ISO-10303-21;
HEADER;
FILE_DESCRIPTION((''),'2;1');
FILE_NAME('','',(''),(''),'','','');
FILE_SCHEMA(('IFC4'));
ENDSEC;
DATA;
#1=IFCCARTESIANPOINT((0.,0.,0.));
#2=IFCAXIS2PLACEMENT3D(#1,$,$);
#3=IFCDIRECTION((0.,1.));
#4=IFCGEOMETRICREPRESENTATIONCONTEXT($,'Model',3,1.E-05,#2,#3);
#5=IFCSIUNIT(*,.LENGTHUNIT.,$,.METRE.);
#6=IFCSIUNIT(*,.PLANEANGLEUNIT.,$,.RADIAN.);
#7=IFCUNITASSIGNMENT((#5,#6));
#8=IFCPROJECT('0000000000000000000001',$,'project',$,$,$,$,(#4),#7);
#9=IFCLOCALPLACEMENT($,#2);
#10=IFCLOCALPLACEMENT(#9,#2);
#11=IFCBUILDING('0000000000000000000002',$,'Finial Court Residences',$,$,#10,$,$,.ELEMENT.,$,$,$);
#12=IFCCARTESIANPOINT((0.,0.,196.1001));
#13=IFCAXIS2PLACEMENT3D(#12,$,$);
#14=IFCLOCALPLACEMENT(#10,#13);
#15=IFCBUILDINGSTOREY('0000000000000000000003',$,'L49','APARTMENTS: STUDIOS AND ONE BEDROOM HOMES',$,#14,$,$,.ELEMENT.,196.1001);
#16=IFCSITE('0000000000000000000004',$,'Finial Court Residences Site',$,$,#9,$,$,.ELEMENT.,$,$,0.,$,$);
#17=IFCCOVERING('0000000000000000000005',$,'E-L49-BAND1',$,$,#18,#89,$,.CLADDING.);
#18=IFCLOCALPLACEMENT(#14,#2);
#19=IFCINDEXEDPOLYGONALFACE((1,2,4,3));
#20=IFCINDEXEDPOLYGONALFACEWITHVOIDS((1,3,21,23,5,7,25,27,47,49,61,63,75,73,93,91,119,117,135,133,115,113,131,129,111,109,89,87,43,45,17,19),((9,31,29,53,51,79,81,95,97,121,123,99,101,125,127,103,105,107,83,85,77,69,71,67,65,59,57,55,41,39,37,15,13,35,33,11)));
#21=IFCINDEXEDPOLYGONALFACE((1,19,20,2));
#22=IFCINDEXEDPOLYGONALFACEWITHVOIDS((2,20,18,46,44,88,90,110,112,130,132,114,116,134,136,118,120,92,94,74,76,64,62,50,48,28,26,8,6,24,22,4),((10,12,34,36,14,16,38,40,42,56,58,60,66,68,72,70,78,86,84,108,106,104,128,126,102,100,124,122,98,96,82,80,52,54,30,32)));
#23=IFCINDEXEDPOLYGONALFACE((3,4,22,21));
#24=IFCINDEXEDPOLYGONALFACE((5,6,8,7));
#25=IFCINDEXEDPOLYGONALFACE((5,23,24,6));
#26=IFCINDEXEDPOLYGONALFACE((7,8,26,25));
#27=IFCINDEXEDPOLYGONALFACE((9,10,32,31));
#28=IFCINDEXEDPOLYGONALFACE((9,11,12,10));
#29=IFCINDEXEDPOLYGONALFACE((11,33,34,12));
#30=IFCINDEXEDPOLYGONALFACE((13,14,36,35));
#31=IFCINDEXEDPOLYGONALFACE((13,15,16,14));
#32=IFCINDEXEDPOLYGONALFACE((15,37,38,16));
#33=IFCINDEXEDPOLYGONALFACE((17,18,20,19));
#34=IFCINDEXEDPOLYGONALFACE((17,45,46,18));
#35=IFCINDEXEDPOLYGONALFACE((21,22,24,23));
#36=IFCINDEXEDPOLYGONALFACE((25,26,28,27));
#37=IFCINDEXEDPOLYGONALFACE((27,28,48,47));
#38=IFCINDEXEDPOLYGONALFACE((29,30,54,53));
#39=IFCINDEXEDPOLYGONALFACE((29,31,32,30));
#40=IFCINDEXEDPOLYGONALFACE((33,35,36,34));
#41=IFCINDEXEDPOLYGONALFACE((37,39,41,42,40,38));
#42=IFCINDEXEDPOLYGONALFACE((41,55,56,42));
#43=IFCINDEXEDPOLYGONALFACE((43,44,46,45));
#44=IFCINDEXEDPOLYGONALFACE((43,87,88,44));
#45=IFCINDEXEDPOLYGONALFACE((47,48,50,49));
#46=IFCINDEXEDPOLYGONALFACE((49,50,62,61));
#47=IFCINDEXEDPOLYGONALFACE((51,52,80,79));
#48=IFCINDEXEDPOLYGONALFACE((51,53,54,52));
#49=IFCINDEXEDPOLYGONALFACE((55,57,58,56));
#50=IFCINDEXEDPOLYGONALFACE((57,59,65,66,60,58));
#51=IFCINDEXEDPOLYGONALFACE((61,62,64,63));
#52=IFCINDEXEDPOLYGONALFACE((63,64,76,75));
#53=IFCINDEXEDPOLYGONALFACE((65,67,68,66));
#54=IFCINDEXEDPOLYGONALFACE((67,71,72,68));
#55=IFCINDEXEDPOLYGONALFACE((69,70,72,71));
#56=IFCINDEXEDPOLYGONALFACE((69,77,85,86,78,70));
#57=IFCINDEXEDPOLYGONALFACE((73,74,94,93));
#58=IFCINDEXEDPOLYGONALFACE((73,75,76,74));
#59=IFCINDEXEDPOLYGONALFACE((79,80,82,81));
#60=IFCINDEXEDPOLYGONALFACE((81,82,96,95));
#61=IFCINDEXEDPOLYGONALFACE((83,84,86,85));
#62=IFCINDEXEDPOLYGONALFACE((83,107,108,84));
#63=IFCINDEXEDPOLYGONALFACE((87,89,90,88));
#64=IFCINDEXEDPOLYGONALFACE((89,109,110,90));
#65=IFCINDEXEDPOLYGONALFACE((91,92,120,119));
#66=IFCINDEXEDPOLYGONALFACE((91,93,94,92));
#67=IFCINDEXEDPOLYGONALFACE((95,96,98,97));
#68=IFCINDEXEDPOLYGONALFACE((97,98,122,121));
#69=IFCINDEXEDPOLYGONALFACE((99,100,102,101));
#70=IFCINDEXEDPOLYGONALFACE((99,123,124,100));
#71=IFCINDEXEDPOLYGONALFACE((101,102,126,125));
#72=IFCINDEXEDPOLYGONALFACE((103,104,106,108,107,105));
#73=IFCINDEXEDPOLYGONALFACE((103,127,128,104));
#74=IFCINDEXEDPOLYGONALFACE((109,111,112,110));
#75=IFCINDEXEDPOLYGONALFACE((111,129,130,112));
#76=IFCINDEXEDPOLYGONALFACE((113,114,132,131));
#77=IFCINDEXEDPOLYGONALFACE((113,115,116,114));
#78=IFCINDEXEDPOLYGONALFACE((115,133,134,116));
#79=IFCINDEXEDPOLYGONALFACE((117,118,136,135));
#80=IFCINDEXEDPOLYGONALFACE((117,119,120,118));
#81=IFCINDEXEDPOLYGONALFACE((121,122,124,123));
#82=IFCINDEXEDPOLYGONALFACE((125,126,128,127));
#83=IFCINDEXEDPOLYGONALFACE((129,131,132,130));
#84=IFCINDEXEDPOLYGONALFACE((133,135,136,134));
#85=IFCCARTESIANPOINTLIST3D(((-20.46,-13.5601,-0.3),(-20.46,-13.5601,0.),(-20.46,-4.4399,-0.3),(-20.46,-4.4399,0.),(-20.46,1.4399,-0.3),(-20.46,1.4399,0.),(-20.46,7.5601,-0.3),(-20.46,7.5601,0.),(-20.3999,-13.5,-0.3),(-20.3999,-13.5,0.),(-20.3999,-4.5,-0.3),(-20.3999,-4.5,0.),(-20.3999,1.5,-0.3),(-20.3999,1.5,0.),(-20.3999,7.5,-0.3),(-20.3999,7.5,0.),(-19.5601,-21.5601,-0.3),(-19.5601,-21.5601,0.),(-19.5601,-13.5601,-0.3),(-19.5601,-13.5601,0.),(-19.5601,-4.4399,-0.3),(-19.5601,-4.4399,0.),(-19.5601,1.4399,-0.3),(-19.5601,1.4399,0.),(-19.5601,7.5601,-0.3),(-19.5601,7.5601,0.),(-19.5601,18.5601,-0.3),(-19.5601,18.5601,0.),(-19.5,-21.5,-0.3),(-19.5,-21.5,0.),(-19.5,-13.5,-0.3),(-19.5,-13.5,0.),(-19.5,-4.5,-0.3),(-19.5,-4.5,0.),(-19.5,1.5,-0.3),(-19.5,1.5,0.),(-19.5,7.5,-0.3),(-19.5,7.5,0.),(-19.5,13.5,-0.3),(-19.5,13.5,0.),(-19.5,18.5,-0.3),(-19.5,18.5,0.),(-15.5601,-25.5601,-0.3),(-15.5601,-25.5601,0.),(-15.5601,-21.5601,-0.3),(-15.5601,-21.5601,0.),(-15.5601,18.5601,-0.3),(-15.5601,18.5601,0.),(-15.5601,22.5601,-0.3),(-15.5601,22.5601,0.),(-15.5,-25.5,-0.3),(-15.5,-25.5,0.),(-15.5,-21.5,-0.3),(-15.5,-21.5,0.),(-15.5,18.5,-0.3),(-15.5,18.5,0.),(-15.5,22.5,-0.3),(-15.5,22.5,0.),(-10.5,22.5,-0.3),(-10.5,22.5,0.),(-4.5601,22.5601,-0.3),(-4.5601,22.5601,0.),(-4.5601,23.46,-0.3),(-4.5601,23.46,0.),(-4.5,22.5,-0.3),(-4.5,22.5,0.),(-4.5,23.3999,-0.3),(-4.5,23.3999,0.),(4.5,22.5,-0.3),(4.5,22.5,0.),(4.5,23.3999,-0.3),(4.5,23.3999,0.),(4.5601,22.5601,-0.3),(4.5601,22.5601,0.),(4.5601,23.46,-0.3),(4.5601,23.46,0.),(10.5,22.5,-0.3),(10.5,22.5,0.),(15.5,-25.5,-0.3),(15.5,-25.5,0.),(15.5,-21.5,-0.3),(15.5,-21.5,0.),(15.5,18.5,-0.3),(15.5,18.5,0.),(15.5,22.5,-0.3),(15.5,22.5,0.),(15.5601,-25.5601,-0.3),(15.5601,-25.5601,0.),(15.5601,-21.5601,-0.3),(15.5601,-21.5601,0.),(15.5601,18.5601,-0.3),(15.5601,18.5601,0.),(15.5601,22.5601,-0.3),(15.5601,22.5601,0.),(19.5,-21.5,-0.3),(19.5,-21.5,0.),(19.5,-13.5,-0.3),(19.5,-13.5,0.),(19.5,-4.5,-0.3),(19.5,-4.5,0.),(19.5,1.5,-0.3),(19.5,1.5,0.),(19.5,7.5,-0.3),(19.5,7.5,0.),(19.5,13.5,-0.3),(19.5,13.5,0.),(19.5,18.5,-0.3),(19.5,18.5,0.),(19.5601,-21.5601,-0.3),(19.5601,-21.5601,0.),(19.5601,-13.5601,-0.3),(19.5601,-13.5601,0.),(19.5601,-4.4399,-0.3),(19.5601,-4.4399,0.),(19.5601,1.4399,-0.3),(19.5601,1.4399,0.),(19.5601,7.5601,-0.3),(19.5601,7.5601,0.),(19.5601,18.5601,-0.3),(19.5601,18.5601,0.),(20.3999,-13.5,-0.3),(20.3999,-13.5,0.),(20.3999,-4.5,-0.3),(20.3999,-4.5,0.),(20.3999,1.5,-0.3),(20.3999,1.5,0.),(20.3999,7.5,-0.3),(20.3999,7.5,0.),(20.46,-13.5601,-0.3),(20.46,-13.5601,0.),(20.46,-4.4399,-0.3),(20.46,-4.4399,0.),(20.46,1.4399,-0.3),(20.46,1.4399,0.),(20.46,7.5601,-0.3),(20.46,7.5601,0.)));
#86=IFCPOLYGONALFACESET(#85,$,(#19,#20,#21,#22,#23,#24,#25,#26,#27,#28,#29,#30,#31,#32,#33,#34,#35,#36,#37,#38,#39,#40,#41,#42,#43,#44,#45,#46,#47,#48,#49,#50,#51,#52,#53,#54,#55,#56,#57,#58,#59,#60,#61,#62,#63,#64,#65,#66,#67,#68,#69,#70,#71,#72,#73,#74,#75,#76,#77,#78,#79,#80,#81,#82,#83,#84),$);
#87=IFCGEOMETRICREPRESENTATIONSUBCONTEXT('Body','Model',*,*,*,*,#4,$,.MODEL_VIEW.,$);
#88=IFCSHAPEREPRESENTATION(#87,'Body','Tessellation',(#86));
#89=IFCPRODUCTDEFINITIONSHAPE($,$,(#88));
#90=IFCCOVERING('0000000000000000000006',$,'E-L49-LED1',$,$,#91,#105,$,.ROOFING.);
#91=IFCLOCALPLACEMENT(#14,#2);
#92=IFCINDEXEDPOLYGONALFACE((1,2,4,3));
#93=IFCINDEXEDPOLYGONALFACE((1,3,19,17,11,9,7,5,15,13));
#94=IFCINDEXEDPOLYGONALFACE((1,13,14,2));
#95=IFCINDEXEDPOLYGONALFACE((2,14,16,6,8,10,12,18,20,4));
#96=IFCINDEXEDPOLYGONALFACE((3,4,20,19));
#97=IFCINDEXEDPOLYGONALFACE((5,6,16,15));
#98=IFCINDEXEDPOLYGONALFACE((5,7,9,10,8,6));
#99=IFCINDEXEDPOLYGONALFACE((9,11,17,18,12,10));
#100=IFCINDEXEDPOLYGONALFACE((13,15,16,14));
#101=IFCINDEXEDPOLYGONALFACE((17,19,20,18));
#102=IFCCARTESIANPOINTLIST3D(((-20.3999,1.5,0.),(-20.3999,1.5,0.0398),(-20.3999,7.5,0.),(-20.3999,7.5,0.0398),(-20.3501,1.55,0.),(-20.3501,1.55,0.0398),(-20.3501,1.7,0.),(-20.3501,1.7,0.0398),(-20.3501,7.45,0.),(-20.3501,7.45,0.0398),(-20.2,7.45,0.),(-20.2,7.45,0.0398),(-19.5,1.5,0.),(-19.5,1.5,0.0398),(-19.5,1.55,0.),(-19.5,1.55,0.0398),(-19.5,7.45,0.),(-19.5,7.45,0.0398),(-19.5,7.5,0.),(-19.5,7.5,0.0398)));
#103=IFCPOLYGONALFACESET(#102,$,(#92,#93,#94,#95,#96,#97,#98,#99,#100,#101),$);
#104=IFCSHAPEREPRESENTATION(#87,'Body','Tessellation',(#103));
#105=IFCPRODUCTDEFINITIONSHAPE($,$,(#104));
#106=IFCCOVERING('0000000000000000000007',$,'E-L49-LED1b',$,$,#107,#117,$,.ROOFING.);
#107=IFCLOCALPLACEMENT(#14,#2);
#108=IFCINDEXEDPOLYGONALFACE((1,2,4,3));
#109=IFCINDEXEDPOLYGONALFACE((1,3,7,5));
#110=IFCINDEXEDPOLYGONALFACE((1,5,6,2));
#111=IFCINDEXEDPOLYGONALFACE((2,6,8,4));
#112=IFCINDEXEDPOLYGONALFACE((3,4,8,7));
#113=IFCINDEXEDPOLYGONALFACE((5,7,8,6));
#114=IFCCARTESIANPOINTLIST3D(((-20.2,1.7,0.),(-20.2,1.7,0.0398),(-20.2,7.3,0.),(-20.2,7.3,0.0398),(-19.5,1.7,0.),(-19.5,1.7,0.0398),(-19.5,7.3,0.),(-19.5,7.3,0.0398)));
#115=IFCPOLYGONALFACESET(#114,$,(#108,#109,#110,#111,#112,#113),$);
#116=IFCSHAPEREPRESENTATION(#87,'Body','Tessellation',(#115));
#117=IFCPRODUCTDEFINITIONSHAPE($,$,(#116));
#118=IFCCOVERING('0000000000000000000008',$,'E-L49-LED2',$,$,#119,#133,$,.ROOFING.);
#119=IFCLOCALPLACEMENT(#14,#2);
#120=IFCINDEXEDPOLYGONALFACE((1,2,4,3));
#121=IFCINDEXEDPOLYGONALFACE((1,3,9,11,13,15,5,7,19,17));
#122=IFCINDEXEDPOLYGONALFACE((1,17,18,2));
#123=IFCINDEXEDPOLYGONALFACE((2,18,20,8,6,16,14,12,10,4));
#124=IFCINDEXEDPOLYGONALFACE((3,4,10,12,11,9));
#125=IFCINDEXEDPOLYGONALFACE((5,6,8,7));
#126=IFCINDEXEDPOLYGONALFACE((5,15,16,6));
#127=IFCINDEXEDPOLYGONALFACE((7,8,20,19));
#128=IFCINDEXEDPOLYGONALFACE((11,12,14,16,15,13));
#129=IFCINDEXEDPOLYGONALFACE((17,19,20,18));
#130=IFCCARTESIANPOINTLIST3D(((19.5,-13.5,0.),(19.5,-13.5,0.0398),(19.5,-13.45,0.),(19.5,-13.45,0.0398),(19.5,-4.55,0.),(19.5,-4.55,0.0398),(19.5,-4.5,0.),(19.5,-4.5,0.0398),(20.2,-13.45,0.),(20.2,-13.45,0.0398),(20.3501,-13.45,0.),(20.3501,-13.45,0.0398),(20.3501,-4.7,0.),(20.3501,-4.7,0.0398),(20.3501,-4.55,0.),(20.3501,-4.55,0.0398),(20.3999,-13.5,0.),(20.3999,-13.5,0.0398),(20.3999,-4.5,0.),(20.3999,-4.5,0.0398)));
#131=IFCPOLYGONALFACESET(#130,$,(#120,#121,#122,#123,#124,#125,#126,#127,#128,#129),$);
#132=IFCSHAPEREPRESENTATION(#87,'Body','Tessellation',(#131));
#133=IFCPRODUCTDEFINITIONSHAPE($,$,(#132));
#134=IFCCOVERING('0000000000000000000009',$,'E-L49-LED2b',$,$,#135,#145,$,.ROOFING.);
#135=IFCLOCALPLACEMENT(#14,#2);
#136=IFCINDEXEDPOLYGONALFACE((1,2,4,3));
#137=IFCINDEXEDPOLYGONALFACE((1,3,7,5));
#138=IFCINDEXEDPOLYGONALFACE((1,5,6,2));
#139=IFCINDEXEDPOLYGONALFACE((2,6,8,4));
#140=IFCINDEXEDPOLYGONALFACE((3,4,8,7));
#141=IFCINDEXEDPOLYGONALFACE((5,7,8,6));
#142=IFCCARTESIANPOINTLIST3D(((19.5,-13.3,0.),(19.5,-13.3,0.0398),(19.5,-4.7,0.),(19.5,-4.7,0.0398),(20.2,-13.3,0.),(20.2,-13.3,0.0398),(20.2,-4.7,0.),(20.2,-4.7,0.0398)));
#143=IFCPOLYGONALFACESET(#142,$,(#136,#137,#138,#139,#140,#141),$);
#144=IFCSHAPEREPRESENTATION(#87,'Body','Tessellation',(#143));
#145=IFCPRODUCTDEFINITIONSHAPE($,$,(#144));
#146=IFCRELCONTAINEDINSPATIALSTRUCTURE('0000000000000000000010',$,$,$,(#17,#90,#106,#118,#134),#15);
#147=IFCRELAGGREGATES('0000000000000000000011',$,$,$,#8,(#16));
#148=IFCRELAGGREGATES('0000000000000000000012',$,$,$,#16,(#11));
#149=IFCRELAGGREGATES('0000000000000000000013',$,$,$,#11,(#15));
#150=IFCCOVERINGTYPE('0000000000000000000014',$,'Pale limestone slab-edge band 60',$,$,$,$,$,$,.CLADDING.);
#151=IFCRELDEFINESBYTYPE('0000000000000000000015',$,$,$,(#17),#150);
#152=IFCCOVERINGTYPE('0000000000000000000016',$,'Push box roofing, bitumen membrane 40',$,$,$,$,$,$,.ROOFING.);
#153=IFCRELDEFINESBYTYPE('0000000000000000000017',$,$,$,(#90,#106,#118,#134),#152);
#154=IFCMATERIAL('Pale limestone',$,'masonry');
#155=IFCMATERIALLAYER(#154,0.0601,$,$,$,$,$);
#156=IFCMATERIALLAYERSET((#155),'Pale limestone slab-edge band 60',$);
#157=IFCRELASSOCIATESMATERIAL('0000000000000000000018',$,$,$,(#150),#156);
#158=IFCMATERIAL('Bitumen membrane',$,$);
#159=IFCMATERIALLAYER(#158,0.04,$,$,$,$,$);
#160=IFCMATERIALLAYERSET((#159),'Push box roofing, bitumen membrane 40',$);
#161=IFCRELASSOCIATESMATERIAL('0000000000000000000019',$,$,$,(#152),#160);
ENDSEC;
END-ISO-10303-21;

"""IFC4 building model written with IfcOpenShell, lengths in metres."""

from ifc_helpers import new_model, si_unit, direction, frame, origin, place, context, subcontext, project, spatial, polyline, outline, extrude, material, layer, layer_set, type_object, element, save


model = new_model("IFC4")

# Units and contexts
model_context = context("Model", 3, precision=1e-05, world=origin(), true_north=direction((0.0, 1.0)))
body_context = subcontext(model_context, "Body", "Model", "MODEL_VIEW")
ifc_project = project(units=[si_unit("LENGTHUNIT", "METRE"), si_unit("PLANEANGLEUNIT", "RADIAN")], contexts=[model_context])

# Site, building, storey
site_placement = place(None, origin())
site = spatial("IfcSite", under=ifc_project, at=site_placement, Name="Finial Court Residences Site", CompositionType="ELEMENT", RefElevation=0.0)
building_placement = place(site_placement, origin())
building = spatial("IfcBuilding", under=site, at=building_placement, Name="Finial Court Residences", CompositionType="ELEMENT")
storey_placement = place(building_placement, frame((0.0, 0.0, 196.1001)))
storey = spatial("IfcBuildingStorey", under=building, at=storey_placement, Name="L49", Description="APARTMENTS: STUDIOS AND ONE BEDROOM HOMES", CompositionType="ELEMENT", Elevation=196.1001)

# Coverings
ifc_material_1 = material(Name="Pale limestone", Category="masonry")
ifc_layer_1 = layer(ifc_material_1, 0.0601)
ifc_layer_set_1 = layer_set([ifc_layer_1], Name="Pale limestone slab-edge band 60")
covering_type_1 = type_object("IfcCoveringType", Name="Pale limestone slab-edge band 60", PredefinedType="CLADDING", material=ifc_layer_set_1)
covering_1_placement = place(storey_placement, frame((0.0, 0.0, -0.3)))
element("IfcCovering", 1, at=covering_1_placement, inside=storey, type_object=covering_type_1, Name="E-L49-BAND1", PredefinedType="CLADDING", context=body_context, shape_type="SweptSolid", body=[
    extrude(outline(polyline([(19.5601, -13.5601), (19.5601, -21.5601), (15.5601, -21.5601), (15.5601, -25.5601), (-15.5601, -25.5601), (-15.5601, -21.5601), (-19.5601, -21.5601), (-19.5601, -13.5601), (-20.46, -13.5601), (-20.46, -4.4399), (-19.5601, -4.4399), (-19.5601, 1.4399), (-20.46, 1.4399), (-20.46, 7.5601), (-19.5601, 7.5601), (-19.5601, 18.5601), (-15.5601, 18.5601), (-15.5601, 22.5601), (-4.5601, 22.5601), (-4.5601, 23.46), (4.5601, 23.46), (4.5601, 22.5601), (15.5601, 22.5601), (15.5601, 18.5601), (19.5601, 18.5601), (19.5601, 7.5601), (20.46, 7.5601), (20.46, 1.4399), (19.5601, 1.4399), (19.5601, -4.4399), (20.46, -4.4399), (20.46, -13.5601), (19.5601, -13.5601)]), holes=[polyline([(20.3999, -4.5), (19.5, -4.5), (19.5, 1.5), (20.3999, 1.5), (20.3999, 7.5), (19.5, 7.5), (19.5, 13.5), (19.5, 18.5), (15.5, 18.5), (15.5, 22.5), (10.5, 22.5), (4.5, 22.5), (4.5, 23.3999), (-4.5, 23.3999), (-4.5, 22.5), (-10.5, 22.5), (-15.5, 22.5), (-15.5, 18.5), (-19.5, 18.5), (-19.5, 13.5), (-19.5, 7.5), (-20.3999, 7.5), (-20.3999, 1.5), (-19.5, 1.5), (-19.5, -4.5), (-20.3999, -4.5), (-20.3999, -13.5), (-19.5, -13.5), (-19.5, -21.5), (-15.5, -21.5), (-15.5, -25.5), (15.5, -25.5), (15.5, -21.5), (19.5, -21.5), (19.5, -13.5), (20.3999, -13.5), (20.3999, -4.5)])]), origin(), (0.0, 0.0, 1.0), 0.3),
])
ifc_material_2 = material(Name="Bitumen membrane")
ifc_layer_2 = layer(ifc_material_2, 0.04)
ifc_layer_set_2 = layer_set([ifc_layer_2], Name="Push box roofing, bitumen membrane 40")
covering_type_2 = type_object("IfcCoveringType", Name="Push box roofing, bitumen membrane 40", PredefinedType="ROOFING", material=ifc_layer_set_2)
covering_2_placement = place(storey_placement, origin())
element("IfcCovering", 2, at=covering_2_placement, inside=storey, type_object=covering_type_2, Name="E-L49-LED1", PredefinedType="ROOFING", context=body_context, shape_type="SweptSolid", body=[
    extrude(outline(polyline([(-19.5, 7.45), (-20.2, 7.45), (-20.3501, 7.45), (-20.3501, 1.7), (-20.3501, 1.7), (-20.3501, 1.55), (-19.5, 1.55), (-19.5, 1.5), (-20.3999, 1.5), (-20.3999, 7.5), (-19.5, 7.5), (-19.5, 7.45)])), origin(), (0.0, 0.0, 1.0), 0.0398),
])
covering_3_placement = place(storey_placement, origin())
element("IfcCovering", 3, at=covering_3_placement, inside=storey, type_object=covering_type_2, Name="E-L49-LED1b", PredefinedType="ROOFING", context=body_context, shape_type="SweptSolid", body=[
    extrude(outline(polyline([(-19.5, 1.7), (-20.2, 1.7), (-20.2, 7.3), (-19.5, 7.3), (-19.5, 1.7)])), origin(), (0.0, 0.0, 1.0), 0.0398),
])
covering_4_placement = place(storey_placement, origin())
element("IfcCovering", 4, at=covering_4_placement, inside=storey, type_object=covering_type_2, Name="E-L49-LED2", PredefinedType="ROOFING", context=body_context, shape_type="SweptSolid", body=[
    extrude(outline(polyline([(19.5, -13.45), (20.2, -13.45), (20.3501, -13.45), (20.3501, -4.7), (20.3501, -4.7), (20.3501, -4.55), (19.5, -4.55), (19.5, -4.5), (20.3999, -4.5), (20.3999, -13.5), (19.5, -13.5), (19.5, -13.45)])), origin(), (0.0, 0.0, 1.0), 0.0398),
])
covering_5_placement = place(storey_placement, origin())
element("IfcCovering", 5, at=covering_5_placement, inside=storey, type_object=covering_type_2, Name="E-L49-LED2b", PredefinedType="ROOFING", context=body_context, shape_type="SweptSolid", body=[
    extrude(outline(polyline([(19.5, -4.7), (20.2, -4.7), (20.2, -13.3), (19.5, -13.3), (19.5, -4.7)])), origin(), (0.0, 0.0, 1.0), 0.0398),
])

save(model, "model.ifc")
